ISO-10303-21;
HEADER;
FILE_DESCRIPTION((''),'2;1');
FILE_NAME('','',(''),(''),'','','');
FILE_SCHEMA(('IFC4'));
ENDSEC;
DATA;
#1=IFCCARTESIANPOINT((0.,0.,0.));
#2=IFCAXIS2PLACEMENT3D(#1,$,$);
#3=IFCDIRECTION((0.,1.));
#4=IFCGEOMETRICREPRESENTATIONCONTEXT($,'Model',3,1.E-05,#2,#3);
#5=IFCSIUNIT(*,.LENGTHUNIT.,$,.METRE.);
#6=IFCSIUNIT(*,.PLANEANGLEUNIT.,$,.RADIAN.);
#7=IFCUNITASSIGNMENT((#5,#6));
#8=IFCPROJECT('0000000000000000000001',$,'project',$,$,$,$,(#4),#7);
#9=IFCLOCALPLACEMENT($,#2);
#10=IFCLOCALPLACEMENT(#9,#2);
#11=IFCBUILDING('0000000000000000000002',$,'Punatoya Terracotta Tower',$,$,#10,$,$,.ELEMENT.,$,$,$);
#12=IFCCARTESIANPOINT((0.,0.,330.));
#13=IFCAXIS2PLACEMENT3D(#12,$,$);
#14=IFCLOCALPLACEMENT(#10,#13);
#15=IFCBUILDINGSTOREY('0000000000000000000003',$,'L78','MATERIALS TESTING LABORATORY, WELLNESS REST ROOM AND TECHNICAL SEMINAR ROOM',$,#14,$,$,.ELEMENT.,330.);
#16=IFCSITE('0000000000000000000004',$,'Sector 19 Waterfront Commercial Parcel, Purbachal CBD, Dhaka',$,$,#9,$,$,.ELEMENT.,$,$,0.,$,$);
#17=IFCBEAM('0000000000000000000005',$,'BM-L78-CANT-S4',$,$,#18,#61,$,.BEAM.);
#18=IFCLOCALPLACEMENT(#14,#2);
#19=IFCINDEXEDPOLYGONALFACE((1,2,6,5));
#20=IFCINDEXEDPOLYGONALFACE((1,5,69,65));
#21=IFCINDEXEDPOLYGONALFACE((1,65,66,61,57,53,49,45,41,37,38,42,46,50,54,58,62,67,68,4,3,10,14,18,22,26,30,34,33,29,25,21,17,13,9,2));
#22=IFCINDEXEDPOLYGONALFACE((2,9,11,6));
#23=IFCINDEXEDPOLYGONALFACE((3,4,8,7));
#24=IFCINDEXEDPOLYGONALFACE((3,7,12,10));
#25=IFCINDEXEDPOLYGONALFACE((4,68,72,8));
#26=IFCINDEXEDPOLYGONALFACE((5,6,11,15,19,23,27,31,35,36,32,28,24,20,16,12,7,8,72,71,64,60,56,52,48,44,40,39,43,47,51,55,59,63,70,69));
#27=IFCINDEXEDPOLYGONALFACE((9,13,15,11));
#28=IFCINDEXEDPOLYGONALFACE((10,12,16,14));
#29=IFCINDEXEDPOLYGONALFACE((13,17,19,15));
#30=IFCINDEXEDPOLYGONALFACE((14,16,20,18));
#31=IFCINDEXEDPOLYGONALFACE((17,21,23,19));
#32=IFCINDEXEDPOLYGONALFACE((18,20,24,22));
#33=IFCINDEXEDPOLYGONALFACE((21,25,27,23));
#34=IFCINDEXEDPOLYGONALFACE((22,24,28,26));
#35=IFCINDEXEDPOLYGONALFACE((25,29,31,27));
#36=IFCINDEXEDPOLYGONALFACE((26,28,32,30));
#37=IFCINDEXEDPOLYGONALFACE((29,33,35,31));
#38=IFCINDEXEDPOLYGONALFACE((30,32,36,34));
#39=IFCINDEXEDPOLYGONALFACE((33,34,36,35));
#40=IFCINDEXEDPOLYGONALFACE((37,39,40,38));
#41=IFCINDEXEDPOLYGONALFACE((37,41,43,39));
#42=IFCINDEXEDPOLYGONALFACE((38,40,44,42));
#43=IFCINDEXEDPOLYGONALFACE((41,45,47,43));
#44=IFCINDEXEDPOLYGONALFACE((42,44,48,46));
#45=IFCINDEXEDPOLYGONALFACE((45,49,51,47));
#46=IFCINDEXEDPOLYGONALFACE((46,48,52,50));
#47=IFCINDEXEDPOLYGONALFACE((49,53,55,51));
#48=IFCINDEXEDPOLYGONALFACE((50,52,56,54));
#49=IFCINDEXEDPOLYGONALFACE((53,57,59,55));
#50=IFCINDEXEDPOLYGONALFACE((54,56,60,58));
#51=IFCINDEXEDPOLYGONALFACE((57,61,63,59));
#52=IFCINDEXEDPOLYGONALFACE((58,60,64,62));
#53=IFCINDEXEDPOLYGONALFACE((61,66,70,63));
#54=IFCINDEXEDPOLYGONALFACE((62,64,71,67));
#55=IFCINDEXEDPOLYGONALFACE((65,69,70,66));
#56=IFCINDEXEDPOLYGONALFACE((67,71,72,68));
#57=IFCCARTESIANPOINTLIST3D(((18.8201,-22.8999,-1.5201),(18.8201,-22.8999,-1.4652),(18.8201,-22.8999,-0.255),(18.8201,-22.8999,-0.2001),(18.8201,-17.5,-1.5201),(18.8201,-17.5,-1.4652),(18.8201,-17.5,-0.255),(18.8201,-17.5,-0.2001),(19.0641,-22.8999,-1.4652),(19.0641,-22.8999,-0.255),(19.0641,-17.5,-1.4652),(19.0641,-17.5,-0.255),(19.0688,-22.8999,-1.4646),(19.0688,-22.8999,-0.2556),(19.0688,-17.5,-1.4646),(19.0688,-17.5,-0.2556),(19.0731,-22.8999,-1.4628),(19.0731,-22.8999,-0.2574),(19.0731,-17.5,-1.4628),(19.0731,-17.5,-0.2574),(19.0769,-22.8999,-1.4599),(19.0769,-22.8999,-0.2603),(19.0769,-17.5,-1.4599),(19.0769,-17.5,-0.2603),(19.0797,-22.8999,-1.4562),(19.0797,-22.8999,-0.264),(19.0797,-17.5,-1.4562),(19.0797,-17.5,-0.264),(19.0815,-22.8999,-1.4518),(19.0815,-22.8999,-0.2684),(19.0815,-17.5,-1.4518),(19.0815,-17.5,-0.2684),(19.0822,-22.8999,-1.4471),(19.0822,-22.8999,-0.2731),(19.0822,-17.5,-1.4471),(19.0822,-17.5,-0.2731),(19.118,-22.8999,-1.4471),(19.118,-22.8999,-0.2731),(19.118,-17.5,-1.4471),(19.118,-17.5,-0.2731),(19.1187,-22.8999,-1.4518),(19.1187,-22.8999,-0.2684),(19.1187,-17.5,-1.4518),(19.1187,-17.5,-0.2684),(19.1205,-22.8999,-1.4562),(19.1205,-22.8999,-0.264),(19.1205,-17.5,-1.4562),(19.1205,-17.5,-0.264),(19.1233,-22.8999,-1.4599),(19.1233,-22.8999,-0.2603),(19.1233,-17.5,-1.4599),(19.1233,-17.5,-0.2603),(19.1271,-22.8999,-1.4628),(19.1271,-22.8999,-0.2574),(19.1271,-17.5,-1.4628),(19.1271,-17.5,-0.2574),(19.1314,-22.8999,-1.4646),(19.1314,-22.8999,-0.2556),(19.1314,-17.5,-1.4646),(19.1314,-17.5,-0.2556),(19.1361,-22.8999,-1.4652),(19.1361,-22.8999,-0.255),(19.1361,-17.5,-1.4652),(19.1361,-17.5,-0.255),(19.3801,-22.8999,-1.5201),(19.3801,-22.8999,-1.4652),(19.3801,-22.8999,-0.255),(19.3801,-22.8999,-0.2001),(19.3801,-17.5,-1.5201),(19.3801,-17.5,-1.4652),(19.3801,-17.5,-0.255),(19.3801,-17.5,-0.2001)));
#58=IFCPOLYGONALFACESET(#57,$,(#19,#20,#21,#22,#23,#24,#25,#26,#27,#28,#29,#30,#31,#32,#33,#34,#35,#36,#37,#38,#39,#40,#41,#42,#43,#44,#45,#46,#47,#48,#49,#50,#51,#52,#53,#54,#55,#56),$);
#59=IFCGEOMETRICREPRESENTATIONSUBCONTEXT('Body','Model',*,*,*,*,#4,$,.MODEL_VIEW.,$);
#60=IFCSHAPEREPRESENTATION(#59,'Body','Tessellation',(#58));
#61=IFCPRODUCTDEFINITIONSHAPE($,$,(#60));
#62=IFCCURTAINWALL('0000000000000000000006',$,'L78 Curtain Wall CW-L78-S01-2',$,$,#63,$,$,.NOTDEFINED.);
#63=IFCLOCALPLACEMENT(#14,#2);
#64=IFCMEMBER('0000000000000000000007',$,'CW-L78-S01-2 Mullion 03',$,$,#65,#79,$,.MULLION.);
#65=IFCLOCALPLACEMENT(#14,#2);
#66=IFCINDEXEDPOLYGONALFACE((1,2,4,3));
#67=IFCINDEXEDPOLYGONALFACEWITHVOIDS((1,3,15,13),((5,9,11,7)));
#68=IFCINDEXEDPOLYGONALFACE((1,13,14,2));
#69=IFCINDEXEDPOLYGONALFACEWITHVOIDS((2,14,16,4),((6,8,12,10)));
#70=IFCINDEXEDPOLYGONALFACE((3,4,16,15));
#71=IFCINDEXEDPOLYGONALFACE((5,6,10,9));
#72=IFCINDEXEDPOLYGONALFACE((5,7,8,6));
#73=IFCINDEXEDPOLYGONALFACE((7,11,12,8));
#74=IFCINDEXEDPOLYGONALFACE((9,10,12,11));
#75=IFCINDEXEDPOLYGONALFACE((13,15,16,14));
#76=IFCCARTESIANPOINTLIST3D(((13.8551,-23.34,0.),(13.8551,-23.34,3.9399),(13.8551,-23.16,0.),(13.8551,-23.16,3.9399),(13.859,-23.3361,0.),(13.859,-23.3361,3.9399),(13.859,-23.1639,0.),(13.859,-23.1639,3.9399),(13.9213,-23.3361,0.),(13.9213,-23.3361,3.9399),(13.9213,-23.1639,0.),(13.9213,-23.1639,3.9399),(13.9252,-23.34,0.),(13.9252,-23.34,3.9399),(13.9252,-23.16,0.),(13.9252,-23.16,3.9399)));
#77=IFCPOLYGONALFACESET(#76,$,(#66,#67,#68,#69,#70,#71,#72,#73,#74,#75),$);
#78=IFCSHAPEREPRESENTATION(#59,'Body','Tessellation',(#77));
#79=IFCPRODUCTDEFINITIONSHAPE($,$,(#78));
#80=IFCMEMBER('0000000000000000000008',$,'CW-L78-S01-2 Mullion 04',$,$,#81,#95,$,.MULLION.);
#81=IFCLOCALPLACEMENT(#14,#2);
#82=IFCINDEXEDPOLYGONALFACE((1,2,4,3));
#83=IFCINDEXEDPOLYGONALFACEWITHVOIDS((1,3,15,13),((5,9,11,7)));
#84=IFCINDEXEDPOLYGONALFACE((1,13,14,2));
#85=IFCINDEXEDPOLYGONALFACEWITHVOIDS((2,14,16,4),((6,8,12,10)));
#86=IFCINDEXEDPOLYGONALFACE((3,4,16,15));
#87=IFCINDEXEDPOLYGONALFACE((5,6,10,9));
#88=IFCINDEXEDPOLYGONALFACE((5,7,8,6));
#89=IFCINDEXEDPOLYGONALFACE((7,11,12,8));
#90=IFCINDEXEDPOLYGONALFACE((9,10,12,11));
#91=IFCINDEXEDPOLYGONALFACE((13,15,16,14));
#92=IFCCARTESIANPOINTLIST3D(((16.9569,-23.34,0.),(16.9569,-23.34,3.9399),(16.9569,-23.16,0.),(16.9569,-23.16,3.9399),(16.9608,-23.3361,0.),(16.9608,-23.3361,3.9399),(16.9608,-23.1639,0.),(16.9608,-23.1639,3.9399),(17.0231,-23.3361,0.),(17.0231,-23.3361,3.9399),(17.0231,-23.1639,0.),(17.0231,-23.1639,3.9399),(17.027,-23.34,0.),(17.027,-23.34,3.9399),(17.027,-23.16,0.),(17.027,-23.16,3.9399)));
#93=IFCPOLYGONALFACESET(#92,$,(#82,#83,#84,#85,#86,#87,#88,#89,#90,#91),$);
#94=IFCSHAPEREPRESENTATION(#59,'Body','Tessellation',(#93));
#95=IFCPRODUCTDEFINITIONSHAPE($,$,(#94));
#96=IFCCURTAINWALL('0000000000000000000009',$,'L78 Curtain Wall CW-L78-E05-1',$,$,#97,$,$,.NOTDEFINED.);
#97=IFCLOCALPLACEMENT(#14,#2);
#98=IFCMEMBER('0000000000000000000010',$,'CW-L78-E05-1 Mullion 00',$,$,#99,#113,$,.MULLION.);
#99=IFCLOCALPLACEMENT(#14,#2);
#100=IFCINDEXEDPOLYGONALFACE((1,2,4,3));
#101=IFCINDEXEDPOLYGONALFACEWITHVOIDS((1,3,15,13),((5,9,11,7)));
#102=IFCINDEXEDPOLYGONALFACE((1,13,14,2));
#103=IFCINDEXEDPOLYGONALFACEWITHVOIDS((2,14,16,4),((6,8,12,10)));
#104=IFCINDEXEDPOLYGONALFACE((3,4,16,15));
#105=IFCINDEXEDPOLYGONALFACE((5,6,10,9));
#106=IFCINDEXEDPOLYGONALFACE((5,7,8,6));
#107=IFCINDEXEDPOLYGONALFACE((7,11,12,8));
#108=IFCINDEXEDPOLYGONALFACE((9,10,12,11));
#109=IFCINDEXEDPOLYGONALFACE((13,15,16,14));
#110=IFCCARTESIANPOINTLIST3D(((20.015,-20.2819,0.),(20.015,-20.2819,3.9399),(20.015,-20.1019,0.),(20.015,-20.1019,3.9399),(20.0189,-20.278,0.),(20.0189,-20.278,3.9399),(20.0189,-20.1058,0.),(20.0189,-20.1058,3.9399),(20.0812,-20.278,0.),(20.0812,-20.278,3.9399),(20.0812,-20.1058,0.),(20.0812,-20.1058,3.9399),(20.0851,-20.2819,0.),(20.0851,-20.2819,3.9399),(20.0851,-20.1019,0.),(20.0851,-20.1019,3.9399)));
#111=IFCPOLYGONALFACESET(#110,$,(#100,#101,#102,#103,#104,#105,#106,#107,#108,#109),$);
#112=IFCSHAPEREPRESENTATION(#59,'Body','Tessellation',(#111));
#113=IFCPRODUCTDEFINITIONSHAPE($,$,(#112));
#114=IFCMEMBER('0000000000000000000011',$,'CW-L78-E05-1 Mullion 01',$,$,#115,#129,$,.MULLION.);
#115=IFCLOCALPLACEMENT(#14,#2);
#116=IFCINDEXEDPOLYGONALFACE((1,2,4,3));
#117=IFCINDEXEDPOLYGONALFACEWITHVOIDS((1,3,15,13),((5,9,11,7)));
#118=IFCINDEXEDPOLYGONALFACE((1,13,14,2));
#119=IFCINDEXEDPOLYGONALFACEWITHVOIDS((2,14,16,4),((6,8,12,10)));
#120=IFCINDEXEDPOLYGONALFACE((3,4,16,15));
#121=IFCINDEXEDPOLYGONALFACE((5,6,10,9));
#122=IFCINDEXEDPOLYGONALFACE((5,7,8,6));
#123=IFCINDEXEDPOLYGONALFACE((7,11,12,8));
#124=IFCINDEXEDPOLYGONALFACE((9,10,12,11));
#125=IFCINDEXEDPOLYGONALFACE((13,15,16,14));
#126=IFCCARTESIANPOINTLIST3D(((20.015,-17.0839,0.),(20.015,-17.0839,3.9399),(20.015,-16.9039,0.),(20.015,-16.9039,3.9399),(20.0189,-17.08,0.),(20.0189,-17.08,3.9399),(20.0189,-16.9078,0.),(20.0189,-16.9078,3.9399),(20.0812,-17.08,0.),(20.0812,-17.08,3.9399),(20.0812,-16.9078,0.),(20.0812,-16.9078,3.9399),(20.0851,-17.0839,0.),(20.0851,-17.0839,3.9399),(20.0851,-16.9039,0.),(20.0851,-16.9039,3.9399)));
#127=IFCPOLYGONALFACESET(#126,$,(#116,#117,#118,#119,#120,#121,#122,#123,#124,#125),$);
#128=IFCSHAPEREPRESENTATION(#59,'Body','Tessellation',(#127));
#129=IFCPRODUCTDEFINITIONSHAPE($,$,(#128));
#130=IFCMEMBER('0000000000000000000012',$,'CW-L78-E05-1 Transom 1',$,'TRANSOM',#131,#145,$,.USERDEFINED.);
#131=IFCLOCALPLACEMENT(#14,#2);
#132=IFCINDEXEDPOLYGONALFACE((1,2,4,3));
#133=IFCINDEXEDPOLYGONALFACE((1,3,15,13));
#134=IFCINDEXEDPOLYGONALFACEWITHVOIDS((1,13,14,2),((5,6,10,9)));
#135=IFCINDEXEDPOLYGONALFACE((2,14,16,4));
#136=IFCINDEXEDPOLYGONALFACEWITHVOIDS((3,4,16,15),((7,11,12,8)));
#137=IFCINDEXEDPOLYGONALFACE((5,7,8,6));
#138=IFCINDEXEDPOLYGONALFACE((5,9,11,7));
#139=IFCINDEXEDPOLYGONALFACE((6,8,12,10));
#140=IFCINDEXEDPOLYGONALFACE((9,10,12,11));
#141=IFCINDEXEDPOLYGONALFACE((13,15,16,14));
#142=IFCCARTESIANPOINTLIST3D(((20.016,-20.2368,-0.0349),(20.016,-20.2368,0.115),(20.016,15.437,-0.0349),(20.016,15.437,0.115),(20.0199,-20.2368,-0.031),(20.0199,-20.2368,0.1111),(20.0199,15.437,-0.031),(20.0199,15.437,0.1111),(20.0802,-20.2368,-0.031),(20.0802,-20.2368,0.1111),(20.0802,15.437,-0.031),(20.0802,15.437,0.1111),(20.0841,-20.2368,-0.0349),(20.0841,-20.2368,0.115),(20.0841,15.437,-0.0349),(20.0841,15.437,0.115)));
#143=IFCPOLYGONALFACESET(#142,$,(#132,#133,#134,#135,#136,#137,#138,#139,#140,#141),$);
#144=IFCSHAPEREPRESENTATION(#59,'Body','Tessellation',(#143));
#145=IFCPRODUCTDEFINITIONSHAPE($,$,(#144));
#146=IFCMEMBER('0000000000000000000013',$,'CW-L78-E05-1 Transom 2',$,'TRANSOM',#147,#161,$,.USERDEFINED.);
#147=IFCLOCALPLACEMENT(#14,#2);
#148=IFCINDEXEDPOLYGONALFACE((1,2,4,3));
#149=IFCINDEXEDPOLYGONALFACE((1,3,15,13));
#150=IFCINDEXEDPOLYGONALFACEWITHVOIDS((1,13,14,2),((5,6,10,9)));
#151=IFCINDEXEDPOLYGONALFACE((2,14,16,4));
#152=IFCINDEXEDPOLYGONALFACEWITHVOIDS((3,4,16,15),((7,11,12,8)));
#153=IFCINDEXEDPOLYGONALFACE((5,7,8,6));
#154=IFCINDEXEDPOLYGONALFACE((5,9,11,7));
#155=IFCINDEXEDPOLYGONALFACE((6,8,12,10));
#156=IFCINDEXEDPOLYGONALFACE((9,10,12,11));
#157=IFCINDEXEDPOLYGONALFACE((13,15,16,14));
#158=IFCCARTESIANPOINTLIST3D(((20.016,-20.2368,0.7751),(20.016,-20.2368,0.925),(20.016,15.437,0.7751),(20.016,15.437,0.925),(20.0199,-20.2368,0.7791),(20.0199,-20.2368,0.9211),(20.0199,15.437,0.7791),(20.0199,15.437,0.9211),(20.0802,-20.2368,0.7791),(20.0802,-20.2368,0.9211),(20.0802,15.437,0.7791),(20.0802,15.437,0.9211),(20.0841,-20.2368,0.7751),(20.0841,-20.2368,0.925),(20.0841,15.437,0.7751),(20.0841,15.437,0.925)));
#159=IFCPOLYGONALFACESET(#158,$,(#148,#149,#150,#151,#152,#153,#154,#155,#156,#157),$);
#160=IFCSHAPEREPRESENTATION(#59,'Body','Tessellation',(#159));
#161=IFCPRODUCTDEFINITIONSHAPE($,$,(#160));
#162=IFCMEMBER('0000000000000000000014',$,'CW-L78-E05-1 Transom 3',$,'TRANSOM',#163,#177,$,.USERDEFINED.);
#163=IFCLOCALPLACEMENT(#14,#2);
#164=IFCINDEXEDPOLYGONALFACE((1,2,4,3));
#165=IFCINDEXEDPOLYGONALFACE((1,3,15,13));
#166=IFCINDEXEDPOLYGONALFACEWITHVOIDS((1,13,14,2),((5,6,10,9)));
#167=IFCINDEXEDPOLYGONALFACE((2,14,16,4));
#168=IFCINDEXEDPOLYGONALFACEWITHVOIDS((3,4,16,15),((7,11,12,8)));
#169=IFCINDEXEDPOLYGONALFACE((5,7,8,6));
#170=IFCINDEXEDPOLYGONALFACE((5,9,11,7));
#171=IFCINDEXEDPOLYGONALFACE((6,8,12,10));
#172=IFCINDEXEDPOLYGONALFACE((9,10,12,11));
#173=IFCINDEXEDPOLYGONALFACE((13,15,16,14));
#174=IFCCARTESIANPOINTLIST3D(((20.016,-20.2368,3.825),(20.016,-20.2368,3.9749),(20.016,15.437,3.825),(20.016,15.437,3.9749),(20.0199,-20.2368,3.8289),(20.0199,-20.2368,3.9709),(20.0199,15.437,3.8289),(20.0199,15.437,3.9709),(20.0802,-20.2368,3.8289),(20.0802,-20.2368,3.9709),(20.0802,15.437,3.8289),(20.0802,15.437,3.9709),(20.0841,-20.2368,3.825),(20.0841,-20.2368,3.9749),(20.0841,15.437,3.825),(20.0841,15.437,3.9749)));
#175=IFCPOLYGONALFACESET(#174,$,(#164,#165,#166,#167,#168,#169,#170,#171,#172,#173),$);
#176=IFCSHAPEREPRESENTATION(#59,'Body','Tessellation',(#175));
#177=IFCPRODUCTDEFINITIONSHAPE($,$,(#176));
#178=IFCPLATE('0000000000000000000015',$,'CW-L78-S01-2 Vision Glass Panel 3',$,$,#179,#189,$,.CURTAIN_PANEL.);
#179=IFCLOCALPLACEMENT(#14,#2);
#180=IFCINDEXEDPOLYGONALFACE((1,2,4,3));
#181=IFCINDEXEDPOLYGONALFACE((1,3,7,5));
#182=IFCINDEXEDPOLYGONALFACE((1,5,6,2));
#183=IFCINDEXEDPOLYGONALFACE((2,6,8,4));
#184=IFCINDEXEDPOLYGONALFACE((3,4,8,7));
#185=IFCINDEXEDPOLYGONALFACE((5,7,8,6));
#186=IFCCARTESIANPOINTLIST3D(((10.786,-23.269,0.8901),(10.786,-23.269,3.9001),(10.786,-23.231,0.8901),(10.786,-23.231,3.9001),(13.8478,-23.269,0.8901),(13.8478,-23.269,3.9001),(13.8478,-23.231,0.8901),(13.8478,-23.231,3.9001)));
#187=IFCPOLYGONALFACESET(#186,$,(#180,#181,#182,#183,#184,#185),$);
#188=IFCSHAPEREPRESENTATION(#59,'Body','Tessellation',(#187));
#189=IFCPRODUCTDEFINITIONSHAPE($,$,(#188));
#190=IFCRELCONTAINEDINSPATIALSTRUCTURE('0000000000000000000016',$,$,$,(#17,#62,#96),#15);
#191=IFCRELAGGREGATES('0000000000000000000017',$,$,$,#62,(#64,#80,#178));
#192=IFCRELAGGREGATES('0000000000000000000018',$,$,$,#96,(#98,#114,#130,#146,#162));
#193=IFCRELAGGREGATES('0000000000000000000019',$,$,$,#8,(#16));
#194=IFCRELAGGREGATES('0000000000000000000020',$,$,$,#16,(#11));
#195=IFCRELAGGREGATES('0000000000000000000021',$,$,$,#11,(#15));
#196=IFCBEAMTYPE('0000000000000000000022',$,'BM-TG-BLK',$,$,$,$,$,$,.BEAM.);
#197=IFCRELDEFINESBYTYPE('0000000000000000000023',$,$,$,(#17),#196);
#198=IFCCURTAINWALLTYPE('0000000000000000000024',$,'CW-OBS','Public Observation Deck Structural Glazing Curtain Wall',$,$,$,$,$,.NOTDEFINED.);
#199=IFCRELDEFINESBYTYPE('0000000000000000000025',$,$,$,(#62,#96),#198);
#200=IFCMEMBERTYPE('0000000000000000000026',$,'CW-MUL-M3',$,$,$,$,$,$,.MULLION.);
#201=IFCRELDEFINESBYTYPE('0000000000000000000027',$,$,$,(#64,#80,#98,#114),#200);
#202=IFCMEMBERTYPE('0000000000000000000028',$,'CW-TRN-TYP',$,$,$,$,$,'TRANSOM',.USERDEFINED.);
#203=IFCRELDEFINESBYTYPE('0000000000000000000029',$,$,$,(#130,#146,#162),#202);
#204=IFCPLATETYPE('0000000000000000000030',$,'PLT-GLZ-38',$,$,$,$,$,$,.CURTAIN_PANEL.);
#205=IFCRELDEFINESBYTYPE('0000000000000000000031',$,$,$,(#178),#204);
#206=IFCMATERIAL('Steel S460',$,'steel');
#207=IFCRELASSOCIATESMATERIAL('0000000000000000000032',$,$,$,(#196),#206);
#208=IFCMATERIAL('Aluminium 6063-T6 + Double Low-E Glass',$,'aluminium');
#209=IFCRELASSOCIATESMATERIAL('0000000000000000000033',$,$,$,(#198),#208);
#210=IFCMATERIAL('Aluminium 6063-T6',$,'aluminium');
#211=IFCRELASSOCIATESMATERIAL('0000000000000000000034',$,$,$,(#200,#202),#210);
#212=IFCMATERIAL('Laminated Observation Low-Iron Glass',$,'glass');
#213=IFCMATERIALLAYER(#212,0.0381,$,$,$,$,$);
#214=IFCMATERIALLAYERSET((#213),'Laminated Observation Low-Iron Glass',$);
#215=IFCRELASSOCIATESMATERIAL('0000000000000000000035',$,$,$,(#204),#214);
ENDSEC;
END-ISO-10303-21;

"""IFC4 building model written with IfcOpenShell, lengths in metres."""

from ifc_helpers import new_model, si_unit, direction, frame, origin, origin_2d, place, context, subcontext, project, spatial, rectangle, hollow_rectangle, i_section, extrude, material, layer, layer_set, material_profile, profile_set, type_object, element, aggregate, save


model = new_model("IFC4")

# Units and contexts
model_context = context("Model", 3, precision=1e-05, world=origin(), true_north=direction((0.0, 1.0)))
body_context = subcontext(model_context, "Body", "Model", "MODEL_VIEW")
ifc_project = project(units=[si_unit("LENGTHUNIT", "METRE"), si_unit("PLANEANGLEUNIT", "RADIAN")], contexts=[model_context])

# Site, building, storey
site_placement = place(None, origin())
site = spatial("IfcSite", under=ifc_project, at=site_placement, Name="Sector 19 Waterfront Commercial Parcel, Purbachal CBD, Dhaka", CompositionType="ELEMENT", RefElevation=0.0)
building_placement = place(site_placement, origin())
building = spatial("IfcBuilding", under=site, at=building_placement, Name="Punatoya Terracotta Tower", CompositionType="ELEMENT")
storey_placement = place(building_placement, frame((0.0, 0.0, 330.0)))
storey = spatial("IfcBuildingStorey", under=building, at=storey_placement, Name="L78", Description="MATERIALS TESTING LABORATORY, WELLNESS REST ROOM AND TECHNICAL SEMINAR ROOM", CompositionType="ELEMENT", Elevation=330.0)

# Shared definitions
ifc_material_1 = material(Name="Steel S460", Category="steel")

# Beam
ifc_material_profile_1 = material_profile(ifc_material_1, i_section(OverallWidth=0.5601, OverallDepth=1.3201, WebThickness=0.0359, FlangeThickness=0.0549, FilletRadius=0.0181, at=origin_2d()))
ifc_profile_set_1 = profile_set([ifc_material_profile_1], Name="Steel S460")
beam_type_1 = type_object("IfcBeamType", Name="BM-TG-BLK", PredefinedType="BEAM", material=ifc_profile_set_1)
beam_1_placement = place(storey_placement, frame((19.1001, -22.8999, -0.8601), z_axis=(0.0, 1.0, 0.0), x_axis=(-1.0, 0.0, 0.0)))
element("IfcBeam", 1, at=beam_1_placement, inside=storey, type_object=beam_type_1, Name="BM-L78-CANT-S4", PredefinedType="BEAM", context=body_context, shape_type="SweptSolid", body=[
    extrude(i_section(OverallWidth=0.5601, OverallDepth=1.3201, WebThickness=0.0359, FlangeThickness=0.0549, FilletRadius=0.0181, at=origin_2d()), origin(), (0.0, 0.0, 1.0), 5.3999),
])

# Curtain walls, members
ifc_material_2 = material(Name="Aluminium 6063-T6 + Double Low-E Glass", Category="aluminium")
curtain_wall_type = type_object("IfcCurtainWallType", Name="CW-OBS", Description="Public Observation Deck Structural Glazing Curtain Wall", PredefinedType="NOTDEFINED", material=ifc_material_2)
curtain_wall_1_placement = place(storey_placement, origin())
curtain_wall_1 = element("IfcCurtainWall", 2, at=curtain_wall_1_placement, inside=storey, type_object=curtain_wall_type, Name="L78 Curtain Wall CW-L78-S01-2", PredefinedType="NOTDEFINED")
ifc_material_3 = material(Name="Aluminium 6063-T6", Category="aluminium")
ifc_material_profile_2 = material_profile(ifc_material_3, hollow_rectangle(XDim=0.0701, YDim=0.1799, WallThickness=0.0039, at=origin_2d()))
ifc_profile_set_2 = profile_set([ifc_material_profile_2], Name="Aluminium 6063-T6")
member_type_1 = type_object("IfcMemberType", Name="CW-MUL-M3", PredefinedType="MULLION", material=ifc_profile_set_2)
member_1_placement = place(storey_placement, frame((13.8901, -23.25, 0.0), z_axis=(0.0, 0.0, 1.0), x_axis=(1.0, 0.0, 0.0)))
member_1 = element("IfcMember", 3, at=member_1_placement, type_object=member_type_1, Name="CW-L78-S01-2 Mullion 03", PredefinedType="MULLION", context=body_context, shape_type="SweptSolid", body=[
    extrude(hollow_rectangle(XDim=0.0701, YDim=0.1799, WallThickness=0.0039, at=origin_2d()), origin(), (0.0, 0.0, 1.0), 3.9399),
])
member_2_placement = place(storey_placement, frame((16.9919, -23.25, 0.0), z_axis=(0.0, 0.0, 1.0), x_axis=(1.0, 0.0, 0.0)))
member_2 = element("IfcMember", 4, at=member_2_placement, type_object=member_type_1, Name="CW-L78-S01-2 Mullion 04", PredefinedType="MULLION", context=body_context, shape_type="SweptSolid", body=[
    extrude(hollow_rectangle(XDim=0.0701, YDim=0.1799, WallThickness=0.0039, at=origin_2d()), origin(), (0.0, 0.0, 1.0), 3.9399),
])
curtain_wall_2_placement = place(storey_placement, origin())
curtain_wall_2 = element("IfcCurtainWall", 5, at=curtain_wall_2_placement, inside=storey, type_object=curtain_wall_type, Name="L78 Curtain Wall CW-L78-E05-1", PredefinedType="NOTDEFINED")
member_3_placement = place(storey_placement, frame((20.05, -20.1919, 0.0), z_axis=(0.0, 0.0, 1.0), x_axis=(1.0, 0.0, 0.0)))
member_3 = element("IfcMember", 6, at=member_3_placement, type_object=member_type_1, Name="CW-L78-E05-1 Mullion 00", PredefinedType="MULLION", context=body_context, shape_type="SweptSolid", body=[
    extrude(hollow_rectangle(XDim=0.0701, YDim=0.1799, WallThickness=0.0039, at=origin_2d()), origin(), (0.0, 0.0, 1.0), 3.9399),
])
member_4_placement = place(storey_placement, frame((20.05, -16.9939, 0.0), z_axis=(0.0, 0.0, 1.0), x_axis=(1.0, 0.0, 0.0)))
member_4 = element("IfcMember", 7, at=member_4_placement, type_object=member_type_1, Name="CW-L78-E05-1 Mullion 01", PredefinedType="MULLION", context=body_context, shape_type="SweptSolid", body=[
    extrude(hollow_rectangle(XDim=0.0701, YDim=0.1799, WallThickness=0.0039, at=origin_2d()), origin(), (0.0, 0.0, 1.0), 3.9399),
])
ifc_material_profile_3 = material_profile(ifc_material_3, hollow_rectangle(XDim=0.0681, YDim=0.1499, WallThickness=0.0039, at=origin_2d()))
ifc_profile_set_3 = profile_set([ifc_material_profile_3], Name="Aluminium 6063-T6")
member_type_2 = type_object("IfcMemberType", Name="CW-TRN-TYP", ElementType="TRANSOM", PredefinedType="USERDEFINED", material=ifc_profile_set_3)
member_5_placement = place(storey_placement, frame((20.05, -20.2368, 0.04), z_axis=(0.0, 1.0, 0.0), x_axis=(-1.0, 0.0, 0.0)))
member_5 = element("IfcMember", 8, at=member_5_placement, type_object=member_type_2, Name="CW-L78-E05-1 Transom 1", ObjectType="TRANSOM", PredefinedType="USERDEFINED", context=body_context, shape_type="SweptSolid", body=[
    extrude(hollow_rectangle(XDim=0.0681, YDim=0.1499, WallThickness=0.0039, at=origin_2d()), origin(), (0.0, 0.0, 1.0), 35.6738),
])
member_6_placement = place(storey_placement, frame((20.05, -20.2368, 0.8501), z_axis=(0.0, 1.0, 0.0), x_axis=(-1.0, 0.0, 0.0)))
member_6 = element("IfcMember", 9, at=member_6_placement, type_object=member_type_2, Name="CW-L78-E05-1 Transom 2", ObjectType="TRANSOM", PredefinedType="USERDEFINED", context=body_context, shape_type="SweptSolid", body=[
    extrude(hollow_rectangle(XDim=0.0681, YDim=0.1499, WallThickness=0.0039, at=origin_2d()), origin(), (0.0, 0.0, 1.0), 35.6738),
])
member_7_placement = place(storey_placement, frame((20.05, -20.2368, 3.8999), z_axis=(0.0, 1.0, 0.0), x_axis=(-1.0, 0.0, 0.0)))
member_7 = element("IfcMember", 10, at=member_7_placement, type_object=member_type_2, Name="CW-L78-E05-1 Transom 3", ObjectType="TRANSOM", PredefinedType="USERDEFINED", context=body_context, shape_type="SweptSolid", body=[
    extrude(hollow_rectangle(XDim=0.0681, YDim=0.1499, WallThickness=0.0039, at=origin_2d()), origin(), (0.0, 0.0, 1.0), 35.6738),
])

# Plate
ifc_material_4 = material(Name="Laminated Observation Low-Iron Glass", Category="glass")
ifc_layer_1 = layer(ifc_material_4, 0.0381)
ifc_layer_set_1 = layer_set([ifc_layer_1], Name="Laminated Observation Low-Iron Glass")
plate_type_1 = type_object("IfcPlateType", Name="PLT-GLZ-38", PredefinedType="CURTAIN_PANEL", material=ifc_layer_set_1)
plate_1_placement = place(storey_placement, frame((12.3169, -23.25, 0.8901), z_axis=(0.0, 0.0, 1.0), x_axis=(1.0, 0.0, 0.0)))
plate_1 = element("IfcPlate", 11, at=plate_1_placement, type_object=plate_type_1, Name="CW-L78-S01-2 Vision Glass Panel 3", PredefinedType="CURTAIN_PANEL", context=body_context, shape_type="SweptSolid", body=[
    extrude(rectangle(XDim=3.0618, YDim=0.0381, at=origin_2d()), origin(), (0.0, 0.0, 1.0), 3.01),
])
aggregate(curtain_wall_1, [member_1, member_2, plate_1])
aggregate(curtain_wall_2, [member_3, member_4, member_5, member_6, member_7])

save(model, "model.ifc")
